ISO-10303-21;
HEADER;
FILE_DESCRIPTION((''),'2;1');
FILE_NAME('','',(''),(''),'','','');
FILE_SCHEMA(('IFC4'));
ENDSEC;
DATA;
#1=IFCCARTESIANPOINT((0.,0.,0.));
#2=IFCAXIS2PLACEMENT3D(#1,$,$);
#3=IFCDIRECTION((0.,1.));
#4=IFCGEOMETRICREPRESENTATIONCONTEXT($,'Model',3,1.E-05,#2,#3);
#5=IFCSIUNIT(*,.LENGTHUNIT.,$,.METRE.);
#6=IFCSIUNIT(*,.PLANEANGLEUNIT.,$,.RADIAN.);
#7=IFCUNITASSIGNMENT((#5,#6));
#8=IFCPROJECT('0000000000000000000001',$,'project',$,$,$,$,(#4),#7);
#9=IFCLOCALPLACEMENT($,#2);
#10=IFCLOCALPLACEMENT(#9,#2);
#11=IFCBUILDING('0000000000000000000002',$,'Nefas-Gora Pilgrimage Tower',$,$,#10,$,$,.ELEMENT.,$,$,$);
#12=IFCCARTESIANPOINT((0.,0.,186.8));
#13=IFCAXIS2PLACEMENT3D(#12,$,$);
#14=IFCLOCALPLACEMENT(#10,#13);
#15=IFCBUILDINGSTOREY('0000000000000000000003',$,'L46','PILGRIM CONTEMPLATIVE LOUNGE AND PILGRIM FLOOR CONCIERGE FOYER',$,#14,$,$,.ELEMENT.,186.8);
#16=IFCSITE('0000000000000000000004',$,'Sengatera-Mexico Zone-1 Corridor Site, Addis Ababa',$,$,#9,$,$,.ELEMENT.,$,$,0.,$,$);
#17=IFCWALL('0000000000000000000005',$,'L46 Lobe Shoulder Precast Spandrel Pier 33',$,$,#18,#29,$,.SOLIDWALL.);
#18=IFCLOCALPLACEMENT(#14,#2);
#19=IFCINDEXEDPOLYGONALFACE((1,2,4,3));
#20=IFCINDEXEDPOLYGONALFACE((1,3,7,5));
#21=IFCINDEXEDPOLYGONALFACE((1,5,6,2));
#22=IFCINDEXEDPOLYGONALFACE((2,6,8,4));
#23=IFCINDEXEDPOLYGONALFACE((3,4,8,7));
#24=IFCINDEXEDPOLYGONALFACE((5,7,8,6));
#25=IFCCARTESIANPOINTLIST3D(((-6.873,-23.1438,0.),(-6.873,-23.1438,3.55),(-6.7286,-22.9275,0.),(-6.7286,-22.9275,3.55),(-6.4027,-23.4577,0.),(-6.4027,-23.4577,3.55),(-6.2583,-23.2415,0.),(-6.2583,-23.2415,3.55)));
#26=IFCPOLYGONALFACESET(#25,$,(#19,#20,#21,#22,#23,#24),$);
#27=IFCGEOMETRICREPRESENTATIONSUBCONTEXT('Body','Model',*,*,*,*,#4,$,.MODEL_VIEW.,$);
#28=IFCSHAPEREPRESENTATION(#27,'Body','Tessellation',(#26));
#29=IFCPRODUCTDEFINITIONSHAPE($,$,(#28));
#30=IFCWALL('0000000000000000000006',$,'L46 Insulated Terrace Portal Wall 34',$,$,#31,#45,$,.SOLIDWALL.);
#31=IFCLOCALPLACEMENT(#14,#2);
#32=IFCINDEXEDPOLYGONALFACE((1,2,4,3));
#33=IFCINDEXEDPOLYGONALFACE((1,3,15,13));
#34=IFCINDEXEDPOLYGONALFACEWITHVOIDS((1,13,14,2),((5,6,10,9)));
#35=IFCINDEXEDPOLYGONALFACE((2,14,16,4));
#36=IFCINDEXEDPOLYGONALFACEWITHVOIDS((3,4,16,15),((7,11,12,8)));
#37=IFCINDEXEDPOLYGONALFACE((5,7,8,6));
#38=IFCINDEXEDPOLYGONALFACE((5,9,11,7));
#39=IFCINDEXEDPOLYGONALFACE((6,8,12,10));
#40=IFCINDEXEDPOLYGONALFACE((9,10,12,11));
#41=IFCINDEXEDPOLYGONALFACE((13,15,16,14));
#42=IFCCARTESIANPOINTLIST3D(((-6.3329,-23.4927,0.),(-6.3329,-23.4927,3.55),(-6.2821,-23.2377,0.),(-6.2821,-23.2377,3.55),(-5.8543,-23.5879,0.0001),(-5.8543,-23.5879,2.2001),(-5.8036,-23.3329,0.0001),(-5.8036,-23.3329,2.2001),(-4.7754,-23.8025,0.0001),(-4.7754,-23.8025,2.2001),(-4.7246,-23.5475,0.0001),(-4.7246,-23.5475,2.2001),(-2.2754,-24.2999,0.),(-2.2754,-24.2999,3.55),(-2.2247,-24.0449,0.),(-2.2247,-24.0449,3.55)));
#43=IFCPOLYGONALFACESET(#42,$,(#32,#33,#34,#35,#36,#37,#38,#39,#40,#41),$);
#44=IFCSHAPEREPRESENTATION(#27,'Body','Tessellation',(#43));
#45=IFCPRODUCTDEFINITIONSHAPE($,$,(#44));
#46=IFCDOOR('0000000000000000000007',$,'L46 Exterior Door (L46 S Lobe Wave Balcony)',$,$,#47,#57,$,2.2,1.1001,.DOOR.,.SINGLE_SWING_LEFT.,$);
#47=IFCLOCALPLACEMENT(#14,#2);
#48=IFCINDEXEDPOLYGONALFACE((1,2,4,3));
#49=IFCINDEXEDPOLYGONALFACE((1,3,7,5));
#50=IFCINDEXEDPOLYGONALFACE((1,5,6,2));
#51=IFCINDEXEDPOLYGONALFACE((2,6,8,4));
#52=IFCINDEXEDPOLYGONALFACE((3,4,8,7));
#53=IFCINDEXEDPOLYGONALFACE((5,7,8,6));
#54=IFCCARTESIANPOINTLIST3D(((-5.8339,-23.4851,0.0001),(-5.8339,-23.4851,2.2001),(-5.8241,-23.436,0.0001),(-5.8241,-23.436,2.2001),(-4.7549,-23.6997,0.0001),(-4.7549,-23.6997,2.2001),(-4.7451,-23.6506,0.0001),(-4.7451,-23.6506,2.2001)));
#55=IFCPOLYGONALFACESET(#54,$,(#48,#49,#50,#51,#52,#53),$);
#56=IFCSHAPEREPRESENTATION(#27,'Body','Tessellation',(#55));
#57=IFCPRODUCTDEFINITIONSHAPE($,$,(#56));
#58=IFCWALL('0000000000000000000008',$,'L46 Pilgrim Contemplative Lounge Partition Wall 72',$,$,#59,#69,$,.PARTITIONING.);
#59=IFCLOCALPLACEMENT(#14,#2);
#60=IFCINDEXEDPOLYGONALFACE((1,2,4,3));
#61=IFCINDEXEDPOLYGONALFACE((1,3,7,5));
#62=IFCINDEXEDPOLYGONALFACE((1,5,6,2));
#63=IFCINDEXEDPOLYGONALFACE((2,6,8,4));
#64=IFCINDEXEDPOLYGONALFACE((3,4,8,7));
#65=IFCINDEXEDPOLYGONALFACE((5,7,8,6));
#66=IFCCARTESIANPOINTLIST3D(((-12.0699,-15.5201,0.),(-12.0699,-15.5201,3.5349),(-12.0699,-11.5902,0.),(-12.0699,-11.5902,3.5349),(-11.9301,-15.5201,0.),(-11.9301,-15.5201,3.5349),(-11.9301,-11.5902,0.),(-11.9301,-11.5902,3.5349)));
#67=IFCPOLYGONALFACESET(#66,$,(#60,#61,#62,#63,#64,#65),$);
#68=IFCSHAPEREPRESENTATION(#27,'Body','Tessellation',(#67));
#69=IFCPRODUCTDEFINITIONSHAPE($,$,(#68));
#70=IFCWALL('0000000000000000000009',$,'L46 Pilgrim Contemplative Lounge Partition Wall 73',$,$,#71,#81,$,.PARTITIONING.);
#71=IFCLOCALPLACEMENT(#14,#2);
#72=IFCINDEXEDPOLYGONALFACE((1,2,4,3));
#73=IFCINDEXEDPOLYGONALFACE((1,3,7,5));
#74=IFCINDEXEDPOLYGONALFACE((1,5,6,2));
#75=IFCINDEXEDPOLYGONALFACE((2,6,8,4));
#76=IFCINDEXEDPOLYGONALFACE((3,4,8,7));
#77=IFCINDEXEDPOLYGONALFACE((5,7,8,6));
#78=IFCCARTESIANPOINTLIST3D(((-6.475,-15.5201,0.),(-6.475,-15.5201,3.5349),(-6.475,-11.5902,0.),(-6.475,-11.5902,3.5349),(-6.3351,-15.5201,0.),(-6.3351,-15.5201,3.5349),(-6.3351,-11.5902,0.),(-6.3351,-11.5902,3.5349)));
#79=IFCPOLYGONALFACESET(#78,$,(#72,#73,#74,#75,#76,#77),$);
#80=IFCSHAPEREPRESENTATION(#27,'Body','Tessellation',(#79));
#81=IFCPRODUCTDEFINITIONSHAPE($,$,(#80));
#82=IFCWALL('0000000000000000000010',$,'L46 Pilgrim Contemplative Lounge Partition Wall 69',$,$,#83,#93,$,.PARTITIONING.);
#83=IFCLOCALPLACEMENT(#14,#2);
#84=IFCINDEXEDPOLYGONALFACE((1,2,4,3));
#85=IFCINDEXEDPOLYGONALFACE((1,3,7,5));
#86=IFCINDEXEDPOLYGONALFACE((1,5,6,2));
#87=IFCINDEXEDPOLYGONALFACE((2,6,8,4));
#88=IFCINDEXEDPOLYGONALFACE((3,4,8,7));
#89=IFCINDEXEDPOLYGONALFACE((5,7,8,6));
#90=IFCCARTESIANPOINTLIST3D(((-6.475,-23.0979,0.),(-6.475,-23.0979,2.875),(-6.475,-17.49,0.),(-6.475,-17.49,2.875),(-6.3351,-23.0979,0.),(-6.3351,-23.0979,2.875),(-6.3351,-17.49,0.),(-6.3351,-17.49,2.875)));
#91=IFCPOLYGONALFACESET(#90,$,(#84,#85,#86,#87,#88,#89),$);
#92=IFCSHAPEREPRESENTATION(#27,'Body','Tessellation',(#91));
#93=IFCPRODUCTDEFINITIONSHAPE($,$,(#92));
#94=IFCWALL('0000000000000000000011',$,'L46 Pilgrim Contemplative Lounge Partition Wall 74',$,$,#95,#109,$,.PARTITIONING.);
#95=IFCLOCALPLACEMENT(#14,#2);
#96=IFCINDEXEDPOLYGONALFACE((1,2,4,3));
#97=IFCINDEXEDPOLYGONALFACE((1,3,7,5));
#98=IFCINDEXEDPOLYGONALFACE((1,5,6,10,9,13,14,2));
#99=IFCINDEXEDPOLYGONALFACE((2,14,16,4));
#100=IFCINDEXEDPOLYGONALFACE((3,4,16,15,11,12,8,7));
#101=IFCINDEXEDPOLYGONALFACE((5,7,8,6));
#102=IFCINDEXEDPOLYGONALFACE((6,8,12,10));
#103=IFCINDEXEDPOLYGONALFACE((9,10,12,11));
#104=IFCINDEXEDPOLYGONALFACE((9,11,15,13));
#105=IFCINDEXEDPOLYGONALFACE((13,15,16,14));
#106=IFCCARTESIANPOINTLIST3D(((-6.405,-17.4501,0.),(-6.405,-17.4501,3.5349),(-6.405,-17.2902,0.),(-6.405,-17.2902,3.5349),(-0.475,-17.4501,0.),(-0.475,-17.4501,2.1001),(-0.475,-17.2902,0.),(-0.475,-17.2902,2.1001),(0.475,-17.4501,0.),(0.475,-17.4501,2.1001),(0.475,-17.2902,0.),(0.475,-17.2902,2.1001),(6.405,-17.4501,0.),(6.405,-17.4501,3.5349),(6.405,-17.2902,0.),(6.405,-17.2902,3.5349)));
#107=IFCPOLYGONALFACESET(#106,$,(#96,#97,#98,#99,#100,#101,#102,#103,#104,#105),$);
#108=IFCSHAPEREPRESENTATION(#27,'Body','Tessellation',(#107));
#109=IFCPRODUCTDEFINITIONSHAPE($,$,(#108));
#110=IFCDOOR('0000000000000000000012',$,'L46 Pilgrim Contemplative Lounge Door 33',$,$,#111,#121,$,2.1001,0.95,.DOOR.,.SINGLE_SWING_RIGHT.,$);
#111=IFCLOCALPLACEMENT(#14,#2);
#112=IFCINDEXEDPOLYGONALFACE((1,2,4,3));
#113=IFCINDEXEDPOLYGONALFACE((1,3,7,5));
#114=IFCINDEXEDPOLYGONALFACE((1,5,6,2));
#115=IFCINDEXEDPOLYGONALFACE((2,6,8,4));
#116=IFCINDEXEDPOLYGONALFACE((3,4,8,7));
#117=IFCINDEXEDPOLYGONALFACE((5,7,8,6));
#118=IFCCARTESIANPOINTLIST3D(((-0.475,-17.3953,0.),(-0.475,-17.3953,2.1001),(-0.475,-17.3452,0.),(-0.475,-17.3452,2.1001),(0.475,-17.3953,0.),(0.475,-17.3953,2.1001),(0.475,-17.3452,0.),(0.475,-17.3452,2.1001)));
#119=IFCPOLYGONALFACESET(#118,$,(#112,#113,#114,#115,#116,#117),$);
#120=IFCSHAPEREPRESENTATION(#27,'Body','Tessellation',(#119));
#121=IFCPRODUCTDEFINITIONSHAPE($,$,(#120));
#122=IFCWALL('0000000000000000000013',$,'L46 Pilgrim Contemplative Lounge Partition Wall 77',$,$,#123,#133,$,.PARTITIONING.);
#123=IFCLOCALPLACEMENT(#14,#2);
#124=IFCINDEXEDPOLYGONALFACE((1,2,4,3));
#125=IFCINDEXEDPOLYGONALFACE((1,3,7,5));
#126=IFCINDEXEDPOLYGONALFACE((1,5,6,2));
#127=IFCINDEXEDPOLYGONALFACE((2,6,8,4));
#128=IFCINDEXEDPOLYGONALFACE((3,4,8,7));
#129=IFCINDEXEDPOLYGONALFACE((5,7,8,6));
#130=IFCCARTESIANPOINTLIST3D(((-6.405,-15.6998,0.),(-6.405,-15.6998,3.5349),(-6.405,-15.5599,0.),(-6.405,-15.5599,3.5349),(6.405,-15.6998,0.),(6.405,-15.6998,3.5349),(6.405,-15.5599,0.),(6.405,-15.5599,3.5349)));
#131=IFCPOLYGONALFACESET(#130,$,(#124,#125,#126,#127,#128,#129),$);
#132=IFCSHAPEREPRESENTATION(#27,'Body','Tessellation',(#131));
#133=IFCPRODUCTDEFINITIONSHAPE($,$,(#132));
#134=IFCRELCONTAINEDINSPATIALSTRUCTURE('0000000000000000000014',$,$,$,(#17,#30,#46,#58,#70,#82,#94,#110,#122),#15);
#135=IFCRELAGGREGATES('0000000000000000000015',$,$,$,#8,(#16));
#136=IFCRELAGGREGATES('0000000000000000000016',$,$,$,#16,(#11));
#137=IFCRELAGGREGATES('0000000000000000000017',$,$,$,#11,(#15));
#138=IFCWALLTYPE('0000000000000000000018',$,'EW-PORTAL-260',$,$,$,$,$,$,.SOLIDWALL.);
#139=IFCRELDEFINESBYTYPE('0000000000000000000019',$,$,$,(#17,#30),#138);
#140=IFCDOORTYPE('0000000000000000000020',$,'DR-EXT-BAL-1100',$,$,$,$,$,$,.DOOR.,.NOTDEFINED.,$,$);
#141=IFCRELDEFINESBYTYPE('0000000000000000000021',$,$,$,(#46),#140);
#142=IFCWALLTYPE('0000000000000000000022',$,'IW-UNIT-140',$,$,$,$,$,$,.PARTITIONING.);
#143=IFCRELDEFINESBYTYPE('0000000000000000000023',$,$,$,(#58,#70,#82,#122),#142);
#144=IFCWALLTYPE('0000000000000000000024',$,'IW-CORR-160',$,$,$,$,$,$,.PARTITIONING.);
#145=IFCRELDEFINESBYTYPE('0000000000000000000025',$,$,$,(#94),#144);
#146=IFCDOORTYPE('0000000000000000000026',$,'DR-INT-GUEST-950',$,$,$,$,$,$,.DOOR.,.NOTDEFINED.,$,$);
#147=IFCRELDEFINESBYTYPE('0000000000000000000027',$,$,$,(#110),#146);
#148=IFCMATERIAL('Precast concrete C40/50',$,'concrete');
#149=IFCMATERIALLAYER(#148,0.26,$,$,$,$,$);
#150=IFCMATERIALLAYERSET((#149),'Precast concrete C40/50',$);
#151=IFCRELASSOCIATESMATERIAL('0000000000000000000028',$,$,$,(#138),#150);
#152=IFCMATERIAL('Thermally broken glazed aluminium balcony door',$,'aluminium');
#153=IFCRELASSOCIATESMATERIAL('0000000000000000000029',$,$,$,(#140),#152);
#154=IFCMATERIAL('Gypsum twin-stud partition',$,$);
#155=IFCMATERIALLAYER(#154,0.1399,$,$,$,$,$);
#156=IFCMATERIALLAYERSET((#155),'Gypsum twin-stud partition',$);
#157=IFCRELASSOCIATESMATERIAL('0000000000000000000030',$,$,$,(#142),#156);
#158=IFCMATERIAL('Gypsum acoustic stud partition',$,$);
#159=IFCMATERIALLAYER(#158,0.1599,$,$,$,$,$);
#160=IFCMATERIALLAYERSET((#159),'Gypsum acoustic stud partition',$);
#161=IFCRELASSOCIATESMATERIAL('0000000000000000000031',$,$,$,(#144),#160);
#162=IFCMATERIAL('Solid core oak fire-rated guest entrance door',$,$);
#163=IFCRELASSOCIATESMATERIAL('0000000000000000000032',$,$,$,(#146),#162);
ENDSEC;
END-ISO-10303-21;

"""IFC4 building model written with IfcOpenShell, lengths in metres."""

from ifc_helpers import new_model, si_unit, direction, frame, frame_2d, origin, place, context, subcontext, project, spatial, rectangle, extrude, source, transform, mapped, material, layer, layer_set, type_object, element, fill, save


model = new_model("IFC4")

# Units and contexts
model_context = context("Model", 3, precision=1e-05, world=origin(), true_north=direction((0.0, 1.0)))
body_context = subcontext(model_context, "Body", "Model", "MODEL_VIEW")
ifc_project = project(units=[si_unit("LENGTHUNIT", "METRE"), si_unit("PLANEANGLEUNIT", "RADIAN")], contexts=[model_context])

# Site, building, storey
site_placement = place(None, origin())
site = spatial("IfcSite", under=ifc_project, at=site_placement, Name="Sengatera-Mexico Zone-1 Corridor Site, Addis Ababa", CompositionType="ELEMENT", RefElevation=0.0)
building_placement = place(site_placement, origin())
building = spatial("IfcBuilding", under=site, at=building_placement, Name="Nefas-Gora Pilgrimage Tower", CompositionType="ELEMENT")
storey_placement = place(building_placement, frame((0.0, 0.0, 186.8)))
storey = spatial("IfcBuildingStorey", under=building, at=storey_placement, Name="L46", Description="PILGRIM CONTEMPLATIVE LOUNGE AND PILGRIM FLOOR CONCIERGE FOYER", CompositionType="ELEMENT", Elevation=186.8)

# Wall
ifc_material_1 = material(Name="Precast concrete C40/50", Category="concrete")
ifc_layer_1 = layer(ifc_material_1, 0.26)
ifc_layer_set_1 = layer_set([ifc_layer_1], Name="Precast concrete C40/50")
wall_type_1 = type_object("IfcWallType", Name="EW-PORTAL-260", PredefinedType="SOLIDWALL", material=ifc_layer_set_1)
shared_shape_1 = source(origin(), body_context, "Body", "SweptSolid", [
    extrude(rectangle(XDim=0.5654, YDim=0.26, at=frame_2d((0.2827, 0.0))), origin(), (0.0, 0.0, 1.0), 3.55),
])
wall_1_placement = place(storey_placement, frame((-6.8008, -23.0356, 0.0), z_axis=(0.0, 0.0, 1.0), x_axis=(0.831651, -0.555298, 0.0)))
element("IfcWall", 1, at=wall_1_placement, inside=storey, type_object=wall_type_1, Name="L46 Lobe Shoulder Precast Spandrel Pier 33", PredefinedType="SOLIDWALL", context=body_context, shape_type="MappedRepresentation", body=[
    mapped(shared_shape_1, transform((0.0, 0.0, 0.0), x_axis=(1.0, 0.0, 0.0), y_axis=(0.0, 1.0, 0.0), z_axis=(0.0, 0.0, 1.0), scale=1.0)),
])

# Wall, opening, door
shared_shape_2 = source(origin(), body_context, "Body", "SweptSolid", [
    extrude(rectangle(XDim=4.137, YDim=0.26, at=frame_2d((2.0684, 0.0))), origin(), (0.0, 0.0, 1.0), 3.55),
])
wall_2_placement = place(storey_placement, frame((-6.3074, -23.3652, 0.0), z_axis=(0.0, 0.0, 1.0), x_axis=(0.980782, -0.195106, 0.0)))
wall_2 = element("IfcWall", 2, at=wall_2_placement, inside=storey, type_object=wall_type_1, Name="L46 Insulated Terrace Portal Wall 34", PredefinedType="SOLIDWALL", context=body_context, shape_type="MappedRepresentation", body=[
    mapped(shared_shape_2, transform((0.0, 0.0, 0.0), x_axis=(1.0, 0.0, 0.0), y_axis=(0.0, 1.0, 0.0), z_axis=(0.0, 0.0, 1.0), scale=1.0)),
])
opening_1_placement = place(wall_2_placement, frame((0.4878, 0.0, 0.0)))
opening_1 = element("IfcOpeningElement", 3, at=opening_1_placement, cuts=wall_2, PredefinedType="OPENING", context=body_context, shape_type="SweptSolid", body=[
    extrude(rectangle(XDim=1.1001, YDim=2.2, at=frame_2d((0.55, 1.1001))), frame((0.0, 0.1399, 0.0), z_axis=(0.0, -1.0, 0.0), x_axis=(1.0, 0.0, 0.0)), (0.0, 0.0, 1.0), 0.28),
])
ifc_material_2 = material(Name="Thermally broken glazed aluminium balcony door", Category="aluminium")
door_type_1 = type_object("IfcDoorType", Name="DR-EXT-BAL-1100", OperationType="NOTDEFINED", PredefinedType="DOOR", material=ifc_material_2)
shared_shape_3 = source(origin(), body_context, "Body", "SweptSolid", [
    extrude(rectangle(XDim=1.1001, YDim=2.2, at=frame_2d((0.55, 1.1001))), frame((0.0, 0.0249, 0.0), z_axis=(0.0, -1.0, 0.0), x_axis=(1.0, 0.0, 0.0)), (0.0, 0.0, 1.0), 0.05),
])
door_1_placement = place(opening_1_placement, origin())
door_1 = element("IfcDoor", 4, at=door_1_placement, inside=storey, type_object=door_type_1, Name="L46 Exterior Door (L46 S Lobe Wave Balcony)", OperationType="SINGLE_SWING_LEFT", OverallHeight=2.2, OverallWidth=1.1001, PredefinedType="DOOR", context=body_context, shape_type="MappedRepresentation", body=[
    mapped(shared_shape_3, transform((0.0, 0.0, 0.0), x_axis=(1.0, 0.0, 0.0), y_axis=(0.0, 1.0, 0.0), z_axis=(0.0, 0.0, 1.0), scale=1.0)),
])
fill(opening_1, door_1)

# Walls
ifc_material_3 = material(Name="Gypsum twin-stud partition")
ifc_layer_2 = layer(ifc_material_3, 0.1399)
ifc_layer_set_2 = layer_set([ifc_layer_2], Name="Gypsum twin-stud partition")
wall_type_2 = type_object("IfcWallType", Name="IW-UNIT-140", PredefinedType="PARTITIONING", material=ifc_layer_set_2)
shared_shape_4 = source(origin(), body_context, "Body", "SweptSolid", [
    extrude(rectangle(XDim=3.9299, YDim=0.1399, at=frame_2d((1.9648, 0.0))), origin(), (0.0, 0.0, 1.0), 3.5349),
])
for number, where, z_axis, x_axis, name in (
    (5, (-12.0, -15.52, 0.0), (0.0, 0.0, 1.0), (0.0, 1.0, 0.0), "L46 Pilgrim Contemplative Lounge Partition Wall 72"),
    (6, (-6.405, -15.52, 0.0), (0.0, 0.0, 1.0), (0.0, 1.0, 0.0), "L46 Pilgrim Contemplative Lounge Partition Wall 73"),
):
    element("IfcWall", number, at=place(storey_placement, frame(where, z_axis=z_axis, x_axis=x_axis)), inside=storey, type_object=wall_type_2, Name=name, PredefinedType="PARTITIONING", context=body_context, shape_type="MappedRepresentation", body=[
        mapped(shared_shape_4, transform((0.0, 0.0, 0.0), x_axis=(1.0, 0.0, 0.0), y_axis=(0.0, 1.0, 0.0), z_axis=(0.0, 0.0, 1.0), scale=1.0)),
    ])
shared_shape_5 = source(origin(), body_context, "Body", "SweptSolid", [
    extrude(rectangle(XDim=5.6079, YDim=0.1399, at=frame_2d((2.804, 0.0))), origin(), (0.0, 0.0, 1.0), 2.875),
])
wall_3_placement = place(storey_placement, frame((-6.405, -23.0979, 0.0), z_axis=(0.0, 0.0, 1.0), x_axis=(0.0, 1.0, 0.0)))
element("IfcWall", 7, at=wall_3_placement, inside=storey, type_object=wall_type_2, Name="L46 Pilgrim Contemplative Lounge Partition Wall 69", PredefinedType="PARTITIONING", context=body_context, shape_type="MappedRepresentation", body=[
    mapped(shared_shape_5, transform((0.0, 0.0, 0.0), x_axis=(1.0, 0.0, 0.0), y_axis=(0.0, 1.0, 0.0), z_axis=(0.0, 0.0, 1.0), scale=1.0)),
])

# Wall, opening, door
ifc_material_4 = material(Name="Gypsum acoustic stud partition")
ifc_layer_3 = layer(ifc_material_4, 0.1599)
ifc_layer_set_3 = layer_set([ifc_layer_3], Name="Gypsum acoustic stud partition")
wall_type_3 = type_object("IfcWallType", Name="IW-CORR-160", PredefinedType="PARTITIONING", material=ifc_layer_set_3)
shared_shape_6 = source(origin(), body_context, "Body", "SweptSolid", [
    extrude(rectangle(XDim=12.8101, YDim=0.1599, at=frame_2d((6.405, 0.0))), origin(), (0.0, 0.0, 1.0), 3.5349),
])
wall_4_placement = place(storey_placement, frame((-6.405, -17.3701, 0.0), z_axis=(0.0, 0.0, 1.0), x_axis=(1.0, 0.0, 0.0)))
wall_4 = element("IfcWall", 8, at=wall_4_placement, inside=storey, type_object=wall_type_3, Name="L46 Pilgrim Contemplative Lounge Partition Wall 74", PredefinedType="PARTITIONING", context=body_context, shape_type="MappedRepresentation", body=[
    mapped(shared_shape_6, transform((0.0, 0.0, 0.0), x_axis=(1.0, 0.0, 0.0), y_axis=(0.0, 1.0, 0.0), z_axis=(0.0, 0.0, 1.0), scale=1.0)),
])
opening_2_placement = place(wall_4_placement, frame((5.9299, 0.0, 0.0)))
opening_2 = element("IfcOpeningElement", 9, at=opening_2_placement, cuts=wall_4, PredefinedType="OPENING", context=body_context, shape_type="SweptSolid", body=[
    extrude(rectangle(XDim=0.95, YDim=2.1001, at=frame_2d((0.4751, 1.05))), frame((0.0, 0.0898, 0.0), z_axis=(0.0, -1.0, 0.0), x_axis=(1.0, 0.0, 0.0)), (0.0, 0.0, 1.0), 0.1799),
])
ifc_material_5 = material(Name="Solid core oak fire-rated guest entrance door")
door_type_2 = type_object("IfcDoorType", Name="DR-INT-GUEST-950", OperationType="NOTDEFINED", PredefinedType="DOOR", material=ifc_material_5)
shared_shape_7 = source(origin(), body_context, "Body", "SweptSolid", [
    extrude(rectangle(XDim=0.95, YDim=2.1001, at=frame_2d((0.4751, 1.05))), frame((0.0, 0.0249, 0.0), z_axis=(0.0, -1.0, 0.0), x_axis=(1.0, 0.0, 0.0)), (0.0, 0.0, 1.0), 0.05),
])
door_2_placement = place(opening_2_placement, origin())
door_2 = element("IfcDoor", 10, at=door_2_placement, inside=storey, type_object=door_type_2, Name="L46 Pilgrim Contemplative Lounge Door 33", OperationType="SINGLE_SWING_RIGHT", OverallHeight=2.1001, OverallWidth=0.95, PredefinedType="DOOR", context=body_context, shape_type="MappedRepresentation", body=[
    mapped(shared_shape_7, transform((0.0, 0.0, 0.0), x_axis=(1.0, 0.0, 0.0), y_axis=(0.0, 1.0, 0.0), z_axis=(0.0, 0.0, 1.0), scale=1.0)),
])
fill(opening_2, door_2)

# Wall
shared_shape_8 = source(origin(), body_context, "Body", "SweptSolid", [
    extrude(rectangle(XDim=12.8101, YDim=0.1399, at=frame_2d((6.405, 0.0))), origin(), (0.0, 0.0, 1.0), 3.5349),
])
wall_5_placement = place(storey_placement, frame((-6.405, -15.6299, 0.0), z_axis=(0.0, 0.0, 1.0), x_axis=(1.0, 0.0, 0.0)))
element("IfcWall", 11, at=wall_5_placement, inside=storey, type_object=wall_type_2, Name="L46 Pilgrim Contemplative Lounge Partition Wall 77", PredefinedType="PARTITIONING", context=body_context, shape_type="MappedRepresentation", body=[
    mapped(shared_shape_8, transform((0.0, 0.0, 0.0), x_axis=(1.0, 0.0, 0.0), y_axis=(0.0, 1.0, 0.0), z_axis=(0.0, 0.0, 1.0), scale=1.0)),
])

save(model, "model.ifc")
